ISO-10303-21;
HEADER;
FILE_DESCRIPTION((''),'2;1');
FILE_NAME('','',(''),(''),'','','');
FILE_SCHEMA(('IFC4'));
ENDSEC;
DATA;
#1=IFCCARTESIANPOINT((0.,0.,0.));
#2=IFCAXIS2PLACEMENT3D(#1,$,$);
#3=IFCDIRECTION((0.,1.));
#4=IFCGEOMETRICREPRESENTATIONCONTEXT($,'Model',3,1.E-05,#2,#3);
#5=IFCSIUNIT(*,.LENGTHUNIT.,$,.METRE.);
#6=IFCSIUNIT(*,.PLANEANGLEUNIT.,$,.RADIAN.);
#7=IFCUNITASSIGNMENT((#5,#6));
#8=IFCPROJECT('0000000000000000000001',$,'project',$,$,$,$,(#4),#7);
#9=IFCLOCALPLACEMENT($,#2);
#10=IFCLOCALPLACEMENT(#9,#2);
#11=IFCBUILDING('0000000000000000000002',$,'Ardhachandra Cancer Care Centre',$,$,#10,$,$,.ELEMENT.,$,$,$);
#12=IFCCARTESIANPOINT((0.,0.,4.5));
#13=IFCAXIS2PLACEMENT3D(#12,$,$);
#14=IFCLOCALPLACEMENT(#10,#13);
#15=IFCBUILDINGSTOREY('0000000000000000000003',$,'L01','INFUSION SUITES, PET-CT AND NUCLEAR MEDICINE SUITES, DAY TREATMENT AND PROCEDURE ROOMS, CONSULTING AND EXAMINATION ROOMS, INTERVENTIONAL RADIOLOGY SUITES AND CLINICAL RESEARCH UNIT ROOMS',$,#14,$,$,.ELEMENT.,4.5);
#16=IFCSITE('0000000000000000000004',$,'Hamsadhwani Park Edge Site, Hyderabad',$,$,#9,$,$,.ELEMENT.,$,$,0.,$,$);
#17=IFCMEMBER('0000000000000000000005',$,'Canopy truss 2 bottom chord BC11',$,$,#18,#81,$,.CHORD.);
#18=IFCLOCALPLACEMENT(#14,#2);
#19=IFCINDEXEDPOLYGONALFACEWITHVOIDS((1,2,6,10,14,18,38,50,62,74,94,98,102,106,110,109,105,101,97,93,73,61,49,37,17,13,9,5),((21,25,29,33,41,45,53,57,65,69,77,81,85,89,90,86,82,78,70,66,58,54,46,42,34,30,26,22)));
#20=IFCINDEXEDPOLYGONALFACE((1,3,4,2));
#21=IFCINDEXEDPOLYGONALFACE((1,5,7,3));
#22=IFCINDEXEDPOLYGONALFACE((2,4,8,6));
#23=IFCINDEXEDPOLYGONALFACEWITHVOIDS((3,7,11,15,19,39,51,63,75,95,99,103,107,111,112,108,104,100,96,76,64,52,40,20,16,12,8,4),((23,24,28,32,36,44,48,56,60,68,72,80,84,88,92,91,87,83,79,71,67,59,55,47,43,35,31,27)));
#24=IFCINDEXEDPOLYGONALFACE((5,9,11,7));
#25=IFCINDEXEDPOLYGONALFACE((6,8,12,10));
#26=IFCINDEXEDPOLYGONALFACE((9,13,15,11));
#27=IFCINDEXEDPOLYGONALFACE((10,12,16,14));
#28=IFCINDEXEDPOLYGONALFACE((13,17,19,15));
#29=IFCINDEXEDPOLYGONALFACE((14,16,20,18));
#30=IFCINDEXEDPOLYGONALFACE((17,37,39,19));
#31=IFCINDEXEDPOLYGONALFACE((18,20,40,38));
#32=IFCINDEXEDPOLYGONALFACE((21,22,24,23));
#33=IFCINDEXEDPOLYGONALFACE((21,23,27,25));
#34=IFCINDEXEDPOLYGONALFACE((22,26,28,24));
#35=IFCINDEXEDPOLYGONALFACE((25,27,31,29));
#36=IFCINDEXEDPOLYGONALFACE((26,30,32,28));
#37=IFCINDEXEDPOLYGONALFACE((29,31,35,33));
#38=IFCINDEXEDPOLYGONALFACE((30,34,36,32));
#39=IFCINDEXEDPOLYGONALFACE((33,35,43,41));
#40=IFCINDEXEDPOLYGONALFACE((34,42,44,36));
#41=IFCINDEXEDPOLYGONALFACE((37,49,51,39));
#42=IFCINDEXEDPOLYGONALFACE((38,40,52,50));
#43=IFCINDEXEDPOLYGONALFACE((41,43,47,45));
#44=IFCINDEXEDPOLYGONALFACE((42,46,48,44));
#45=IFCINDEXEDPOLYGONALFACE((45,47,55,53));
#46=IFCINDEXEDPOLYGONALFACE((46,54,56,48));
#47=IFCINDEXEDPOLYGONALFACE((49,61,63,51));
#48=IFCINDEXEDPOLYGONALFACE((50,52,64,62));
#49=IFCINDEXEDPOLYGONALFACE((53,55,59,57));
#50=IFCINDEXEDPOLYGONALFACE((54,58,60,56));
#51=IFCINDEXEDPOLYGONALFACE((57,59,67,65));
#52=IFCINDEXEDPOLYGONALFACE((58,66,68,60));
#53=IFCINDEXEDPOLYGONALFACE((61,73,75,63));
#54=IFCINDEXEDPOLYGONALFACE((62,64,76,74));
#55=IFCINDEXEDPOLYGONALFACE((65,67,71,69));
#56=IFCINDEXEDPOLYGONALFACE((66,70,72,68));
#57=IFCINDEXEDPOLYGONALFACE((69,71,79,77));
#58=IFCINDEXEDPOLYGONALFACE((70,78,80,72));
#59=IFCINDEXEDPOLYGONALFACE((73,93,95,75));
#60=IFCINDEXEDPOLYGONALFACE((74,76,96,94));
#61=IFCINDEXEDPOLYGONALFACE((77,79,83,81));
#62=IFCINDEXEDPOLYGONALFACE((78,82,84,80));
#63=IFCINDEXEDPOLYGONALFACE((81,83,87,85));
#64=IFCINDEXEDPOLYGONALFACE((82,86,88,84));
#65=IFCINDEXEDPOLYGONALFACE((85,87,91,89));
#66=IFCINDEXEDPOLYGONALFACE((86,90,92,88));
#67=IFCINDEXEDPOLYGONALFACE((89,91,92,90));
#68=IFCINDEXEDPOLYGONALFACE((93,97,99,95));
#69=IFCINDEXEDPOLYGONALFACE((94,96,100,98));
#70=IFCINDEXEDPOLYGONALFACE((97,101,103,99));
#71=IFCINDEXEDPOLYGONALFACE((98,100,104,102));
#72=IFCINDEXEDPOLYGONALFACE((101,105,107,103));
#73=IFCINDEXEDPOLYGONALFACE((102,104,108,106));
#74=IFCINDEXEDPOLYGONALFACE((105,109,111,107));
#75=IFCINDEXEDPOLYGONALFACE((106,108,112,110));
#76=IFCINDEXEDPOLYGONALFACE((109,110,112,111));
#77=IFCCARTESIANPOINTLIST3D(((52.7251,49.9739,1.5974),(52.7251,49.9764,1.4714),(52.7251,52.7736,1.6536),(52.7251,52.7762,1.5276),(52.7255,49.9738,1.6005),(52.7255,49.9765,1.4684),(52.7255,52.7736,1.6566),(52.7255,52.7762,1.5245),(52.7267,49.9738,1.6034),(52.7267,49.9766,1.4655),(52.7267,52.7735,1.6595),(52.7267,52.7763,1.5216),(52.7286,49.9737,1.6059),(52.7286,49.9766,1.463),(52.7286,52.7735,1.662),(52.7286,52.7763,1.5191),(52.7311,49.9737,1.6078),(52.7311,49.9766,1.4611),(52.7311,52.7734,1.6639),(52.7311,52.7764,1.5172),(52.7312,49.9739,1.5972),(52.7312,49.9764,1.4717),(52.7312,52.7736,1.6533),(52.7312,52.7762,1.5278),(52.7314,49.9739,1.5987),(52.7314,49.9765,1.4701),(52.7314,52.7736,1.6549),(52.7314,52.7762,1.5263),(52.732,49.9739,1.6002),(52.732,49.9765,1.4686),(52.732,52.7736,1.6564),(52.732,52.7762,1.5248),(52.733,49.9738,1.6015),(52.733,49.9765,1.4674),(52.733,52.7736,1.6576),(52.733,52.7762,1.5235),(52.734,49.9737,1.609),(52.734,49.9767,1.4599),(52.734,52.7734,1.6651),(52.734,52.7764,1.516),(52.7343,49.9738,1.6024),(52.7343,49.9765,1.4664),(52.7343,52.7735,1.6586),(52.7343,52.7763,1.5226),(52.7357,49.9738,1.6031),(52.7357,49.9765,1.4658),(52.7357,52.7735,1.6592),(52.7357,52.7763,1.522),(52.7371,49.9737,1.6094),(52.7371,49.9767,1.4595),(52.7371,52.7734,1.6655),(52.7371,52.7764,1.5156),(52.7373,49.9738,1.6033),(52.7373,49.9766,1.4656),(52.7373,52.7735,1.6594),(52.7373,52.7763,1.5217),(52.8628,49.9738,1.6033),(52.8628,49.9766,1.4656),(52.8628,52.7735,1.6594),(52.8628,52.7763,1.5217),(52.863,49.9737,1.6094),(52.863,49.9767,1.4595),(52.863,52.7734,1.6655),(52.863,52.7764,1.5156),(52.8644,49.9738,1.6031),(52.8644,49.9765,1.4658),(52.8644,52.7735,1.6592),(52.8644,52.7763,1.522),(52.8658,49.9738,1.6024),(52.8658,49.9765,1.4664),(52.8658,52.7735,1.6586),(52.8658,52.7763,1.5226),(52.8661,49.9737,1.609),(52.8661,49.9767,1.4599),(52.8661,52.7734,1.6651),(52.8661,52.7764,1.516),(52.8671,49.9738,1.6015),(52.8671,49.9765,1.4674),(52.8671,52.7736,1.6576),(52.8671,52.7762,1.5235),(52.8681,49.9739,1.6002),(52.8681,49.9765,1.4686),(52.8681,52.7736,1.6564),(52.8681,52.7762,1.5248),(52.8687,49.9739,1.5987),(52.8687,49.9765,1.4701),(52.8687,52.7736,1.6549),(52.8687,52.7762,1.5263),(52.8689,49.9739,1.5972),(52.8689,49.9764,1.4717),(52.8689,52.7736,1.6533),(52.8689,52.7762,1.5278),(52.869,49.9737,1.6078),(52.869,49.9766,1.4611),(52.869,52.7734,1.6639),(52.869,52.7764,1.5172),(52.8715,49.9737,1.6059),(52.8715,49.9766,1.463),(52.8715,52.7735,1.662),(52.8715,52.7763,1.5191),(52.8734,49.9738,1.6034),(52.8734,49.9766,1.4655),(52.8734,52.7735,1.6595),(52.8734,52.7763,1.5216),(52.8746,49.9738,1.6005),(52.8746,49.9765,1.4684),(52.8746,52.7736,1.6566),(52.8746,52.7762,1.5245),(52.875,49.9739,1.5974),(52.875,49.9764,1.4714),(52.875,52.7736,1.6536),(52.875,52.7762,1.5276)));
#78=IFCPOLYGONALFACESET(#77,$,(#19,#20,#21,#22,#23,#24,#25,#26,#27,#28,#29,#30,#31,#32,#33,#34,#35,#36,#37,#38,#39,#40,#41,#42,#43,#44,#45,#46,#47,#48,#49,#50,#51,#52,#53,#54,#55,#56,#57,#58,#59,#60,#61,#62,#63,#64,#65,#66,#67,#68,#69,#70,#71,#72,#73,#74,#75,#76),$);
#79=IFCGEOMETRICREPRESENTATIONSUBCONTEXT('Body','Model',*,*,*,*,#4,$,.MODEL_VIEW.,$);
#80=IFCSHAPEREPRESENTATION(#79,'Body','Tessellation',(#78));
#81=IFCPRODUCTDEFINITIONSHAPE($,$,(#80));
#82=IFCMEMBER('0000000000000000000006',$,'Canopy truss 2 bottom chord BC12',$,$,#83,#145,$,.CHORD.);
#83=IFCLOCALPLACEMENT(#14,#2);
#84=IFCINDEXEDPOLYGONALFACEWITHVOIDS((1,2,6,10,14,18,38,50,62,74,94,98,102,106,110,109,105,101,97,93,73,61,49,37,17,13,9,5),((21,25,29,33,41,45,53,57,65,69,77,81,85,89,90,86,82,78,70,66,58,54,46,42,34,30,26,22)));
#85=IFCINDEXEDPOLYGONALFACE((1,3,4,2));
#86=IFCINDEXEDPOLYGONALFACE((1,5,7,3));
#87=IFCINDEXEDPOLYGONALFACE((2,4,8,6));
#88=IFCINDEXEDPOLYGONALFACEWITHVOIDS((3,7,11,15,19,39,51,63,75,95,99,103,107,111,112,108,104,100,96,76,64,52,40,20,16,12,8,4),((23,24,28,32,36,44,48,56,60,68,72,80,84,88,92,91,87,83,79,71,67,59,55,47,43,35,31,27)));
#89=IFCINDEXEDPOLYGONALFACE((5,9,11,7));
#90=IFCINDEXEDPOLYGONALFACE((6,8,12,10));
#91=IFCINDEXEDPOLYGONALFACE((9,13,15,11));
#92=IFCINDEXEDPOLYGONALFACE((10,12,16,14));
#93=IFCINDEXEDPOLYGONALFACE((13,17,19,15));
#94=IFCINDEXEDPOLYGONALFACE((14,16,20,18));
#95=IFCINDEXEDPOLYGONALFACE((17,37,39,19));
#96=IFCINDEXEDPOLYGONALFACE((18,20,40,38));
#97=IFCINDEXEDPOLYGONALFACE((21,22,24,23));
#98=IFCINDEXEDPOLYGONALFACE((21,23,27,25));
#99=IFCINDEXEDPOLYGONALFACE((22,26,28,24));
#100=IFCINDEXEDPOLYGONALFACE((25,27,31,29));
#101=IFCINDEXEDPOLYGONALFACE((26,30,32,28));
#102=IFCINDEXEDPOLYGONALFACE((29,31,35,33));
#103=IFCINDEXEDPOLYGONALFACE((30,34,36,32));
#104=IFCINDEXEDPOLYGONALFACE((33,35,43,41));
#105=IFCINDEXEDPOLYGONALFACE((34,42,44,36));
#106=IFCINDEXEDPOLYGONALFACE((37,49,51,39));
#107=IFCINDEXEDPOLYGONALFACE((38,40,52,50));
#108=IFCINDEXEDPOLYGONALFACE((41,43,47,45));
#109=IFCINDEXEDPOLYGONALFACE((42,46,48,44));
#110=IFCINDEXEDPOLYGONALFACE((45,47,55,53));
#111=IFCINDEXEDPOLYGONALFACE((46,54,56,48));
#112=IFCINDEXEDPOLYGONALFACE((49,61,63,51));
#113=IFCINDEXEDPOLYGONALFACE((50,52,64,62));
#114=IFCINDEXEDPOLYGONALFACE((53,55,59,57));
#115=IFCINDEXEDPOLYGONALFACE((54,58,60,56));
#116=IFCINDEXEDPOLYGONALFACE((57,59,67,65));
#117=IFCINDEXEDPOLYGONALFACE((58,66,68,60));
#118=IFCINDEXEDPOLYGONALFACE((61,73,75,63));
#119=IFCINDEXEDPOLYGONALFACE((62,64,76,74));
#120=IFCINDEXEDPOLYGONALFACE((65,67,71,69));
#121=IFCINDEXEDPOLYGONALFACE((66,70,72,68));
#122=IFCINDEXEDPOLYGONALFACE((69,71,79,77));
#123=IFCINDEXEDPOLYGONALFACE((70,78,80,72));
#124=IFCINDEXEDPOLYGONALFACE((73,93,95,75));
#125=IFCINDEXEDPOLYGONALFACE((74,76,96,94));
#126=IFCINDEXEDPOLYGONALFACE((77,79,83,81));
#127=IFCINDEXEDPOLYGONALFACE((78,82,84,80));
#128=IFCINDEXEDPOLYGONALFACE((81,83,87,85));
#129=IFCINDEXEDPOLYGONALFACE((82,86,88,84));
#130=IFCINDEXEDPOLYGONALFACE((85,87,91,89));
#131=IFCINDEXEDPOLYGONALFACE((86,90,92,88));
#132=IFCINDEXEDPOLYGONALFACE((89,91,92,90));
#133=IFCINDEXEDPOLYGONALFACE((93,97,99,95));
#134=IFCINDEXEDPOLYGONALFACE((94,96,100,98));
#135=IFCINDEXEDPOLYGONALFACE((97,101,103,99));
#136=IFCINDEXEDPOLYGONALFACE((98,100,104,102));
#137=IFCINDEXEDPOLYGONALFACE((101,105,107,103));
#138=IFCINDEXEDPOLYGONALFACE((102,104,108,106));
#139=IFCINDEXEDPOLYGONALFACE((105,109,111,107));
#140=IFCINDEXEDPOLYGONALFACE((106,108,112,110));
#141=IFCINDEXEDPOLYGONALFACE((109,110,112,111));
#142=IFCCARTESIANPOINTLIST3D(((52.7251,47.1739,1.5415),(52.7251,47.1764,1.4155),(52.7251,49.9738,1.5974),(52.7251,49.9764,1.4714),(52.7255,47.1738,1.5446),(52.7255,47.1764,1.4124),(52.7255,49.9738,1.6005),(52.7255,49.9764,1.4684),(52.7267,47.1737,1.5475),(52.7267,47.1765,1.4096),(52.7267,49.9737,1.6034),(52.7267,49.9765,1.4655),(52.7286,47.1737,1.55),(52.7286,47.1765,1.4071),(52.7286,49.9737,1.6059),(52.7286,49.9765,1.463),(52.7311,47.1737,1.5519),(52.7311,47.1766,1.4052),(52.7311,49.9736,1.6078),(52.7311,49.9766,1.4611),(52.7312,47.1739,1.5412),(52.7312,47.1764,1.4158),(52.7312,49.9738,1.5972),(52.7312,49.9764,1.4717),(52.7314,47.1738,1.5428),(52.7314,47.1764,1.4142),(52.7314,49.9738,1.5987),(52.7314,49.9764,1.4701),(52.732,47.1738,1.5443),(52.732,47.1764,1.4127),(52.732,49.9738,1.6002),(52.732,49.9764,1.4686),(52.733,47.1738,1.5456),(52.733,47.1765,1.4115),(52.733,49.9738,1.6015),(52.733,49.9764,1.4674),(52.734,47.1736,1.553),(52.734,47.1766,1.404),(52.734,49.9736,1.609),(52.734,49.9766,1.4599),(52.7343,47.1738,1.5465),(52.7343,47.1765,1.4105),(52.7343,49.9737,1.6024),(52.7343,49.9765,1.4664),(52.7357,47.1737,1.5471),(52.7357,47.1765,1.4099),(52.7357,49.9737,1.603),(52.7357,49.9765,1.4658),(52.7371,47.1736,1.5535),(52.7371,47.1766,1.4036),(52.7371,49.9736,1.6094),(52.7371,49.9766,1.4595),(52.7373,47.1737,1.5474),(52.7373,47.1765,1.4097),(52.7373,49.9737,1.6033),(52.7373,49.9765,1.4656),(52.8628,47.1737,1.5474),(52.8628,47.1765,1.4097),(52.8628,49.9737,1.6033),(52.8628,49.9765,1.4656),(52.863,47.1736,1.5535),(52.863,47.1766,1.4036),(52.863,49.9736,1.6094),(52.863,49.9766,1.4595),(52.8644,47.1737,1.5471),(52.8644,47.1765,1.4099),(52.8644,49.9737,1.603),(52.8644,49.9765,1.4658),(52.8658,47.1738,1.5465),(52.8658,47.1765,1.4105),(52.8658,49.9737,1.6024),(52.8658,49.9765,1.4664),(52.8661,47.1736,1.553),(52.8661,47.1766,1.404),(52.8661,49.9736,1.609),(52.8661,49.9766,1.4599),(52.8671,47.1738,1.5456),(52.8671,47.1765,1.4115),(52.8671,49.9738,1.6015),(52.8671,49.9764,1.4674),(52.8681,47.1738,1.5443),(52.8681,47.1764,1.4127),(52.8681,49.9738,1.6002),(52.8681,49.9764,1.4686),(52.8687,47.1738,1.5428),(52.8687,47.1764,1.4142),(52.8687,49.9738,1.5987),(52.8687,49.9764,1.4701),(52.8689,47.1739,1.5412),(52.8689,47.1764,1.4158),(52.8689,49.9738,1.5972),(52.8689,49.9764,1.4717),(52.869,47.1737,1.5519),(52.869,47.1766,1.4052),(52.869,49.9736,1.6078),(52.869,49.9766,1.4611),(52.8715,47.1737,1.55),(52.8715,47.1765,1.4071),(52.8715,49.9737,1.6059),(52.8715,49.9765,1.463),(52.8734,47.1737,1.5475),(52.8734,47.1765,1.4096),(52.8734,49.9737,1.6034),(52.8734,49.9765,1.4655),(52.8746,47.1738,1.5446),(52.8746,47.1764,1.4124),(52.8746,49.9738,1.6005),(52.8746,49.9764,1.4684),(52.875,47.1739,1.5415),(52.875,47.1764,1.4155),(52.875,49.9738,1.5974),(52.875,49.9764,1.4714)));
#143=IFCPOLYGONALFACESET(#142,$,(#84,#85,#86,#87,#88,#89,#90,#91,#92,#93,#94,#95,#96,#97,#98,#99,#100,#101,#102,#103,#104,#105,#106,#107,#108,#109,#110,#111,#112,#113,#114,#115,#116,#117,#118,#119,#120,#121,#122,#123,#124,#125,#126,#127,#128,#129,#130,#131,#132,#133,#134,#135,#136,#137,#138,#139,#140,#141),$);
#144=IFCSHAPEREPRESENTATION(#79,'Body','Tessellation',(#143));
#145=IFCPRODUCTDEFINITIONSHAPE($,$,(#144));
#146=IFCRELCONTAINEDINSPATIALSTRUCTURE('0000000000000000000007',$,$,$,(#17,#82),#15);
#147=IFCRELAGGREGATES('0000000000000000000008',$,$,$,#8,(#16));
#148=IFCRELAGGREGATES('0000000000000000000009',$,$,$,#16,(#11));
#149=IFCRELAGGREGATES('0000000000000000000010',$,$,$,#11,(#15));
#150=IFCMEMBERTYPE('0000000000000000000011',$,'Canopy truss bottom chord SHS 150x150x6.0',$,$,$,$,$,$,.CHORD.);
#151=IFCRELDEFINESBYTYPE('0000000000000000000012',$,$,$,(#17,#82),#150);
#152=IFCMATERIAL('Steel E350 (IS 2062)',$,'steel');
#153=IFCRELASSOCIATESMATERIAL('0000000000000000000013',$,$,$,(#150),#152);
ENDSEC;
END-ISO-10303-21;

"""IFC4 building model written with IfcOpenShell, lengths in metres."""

from ifc_helpers import new_model, si_unit, direction, frame, origin, origin_2d, place, context, subcontext, project, spatial, hollow_rectangle, extrude, material, material_profile, profile_set, type_object, element, save


model = new_model("IFC4")

# Units and contexts
model_context = context("Model", 3, precision=1e-05, world=origin(), true_north=direction((0.0, 1.0)))
body_context = subcontext(model_context, "Body", "Model", "MODEL_VIEW")
ifc_project = project(units=[si_unit("LENGTHUNIT", "METRE"), si_unit("PLANEANGLEUNIT", "RADIAN")], contexts=[model_context])

# Site, building, storey
site_placement = place(None, origin())
site = spatial("IfcSite", under=ifc_project, at=site_placement, Name="Hamsadhwani Park Edge Site, Hyderabad", CompositionType="ELEMENT", RefElevation=0.0)
building_placement = place(site_placement, origin())
building = spatial("IfcBuilding", under=site, at=building_placement, Name="Ardhachandra Cancer Care Centre", CompositionType="ELEMENT")
storey_placement = place(building_placement, frame((0.0, 0.0, 4.5)))
storey = spatial("IfcBuildingStorey", under=building, at=storey_placement, Name="L01", Description="INFUSION SUITES, PET-CT AND NUCLEAR MEDICINE SUITES, DAY TREATMENT AND PROCEDURE ROOMS, CONSULTING AND EXAMINATION ROOMS, INTERVENTIONAL RADIOLOGY SUITES AND CLINICAL RESEARCH UNIT ROOMS", CompositionType="ELEMENT", Elevation=4.5)

# Members
ifc_material_1 = material(Name="Steel E350 (IS 2062)", Category="steel")
ifc_material_profile_1 = material_profile(ifc_material_1, hollow_rectangle(XDim=0.1499, YDim=0.1499, WallThickness=0.0061, InnerFilletRadius=0.0061, OuterFilletRadius=0.012, at=origin_2d()), Name="SHS 150x150x6.0")
ifc_profile_set_1 = profile_set([ifc_material_profile_1], Name="Steel E350 (IS 2062)")
member_type_1 = type_object("IfcMemberType", Name="Canopy truss bottom chord SHS 150x150x6.0", PredefinedType="CHORD", material=ifc_profile_set_1)
member_1_placement = place(storey_placement, frame((52.8, 52.7749, 1.5906), z_axis=(0.0, -0.999799, -0.020052), x_axis=(1.0, 0.0, 0.0)))
element("IfcMember", 1, at=member_1_placement, inside=storey, type_object=member_type_1, Name="Canopy truss 2 bottom chord BC11", PredefinedType="CHORD", context=body_context, shape_type="SweptSolid", body=[
    extrude(hollow_rectangle(XDim=0.1499, YDim=0.1499, WallThickness=0.0061, InnerFilletRadius=0.0061, OuterFilletRadius=0.012, at=origin_2d()), origin(), (0.0, 0.0, 1.0), 2.8003),
])
for number, where, z_axis, x_axis, name in (
    (2, (52.8, 49.9751, 1.5344), (0.0, -0.999801, -0.019963), (1.0, 0.0, 0.0), "Canopy truss 2 bottom chord BC12"),
):
    element("IfcMember", number, at=place(storey_placement, frame(where, z_axis=z_axis, x_axis=x_axis)), inside=storey, type_object=member_type_1, Name=name, PredefinedType="CHORD", context=body_context, shape_type="SweptSolid", body=[
        extrude(hollow_rectangle(XDim=0.1499, YDim=0.1499, WallThickness=0.0061, InnerFilletRadius=0.0061, OuterFilletRadius=0.012, at=origin_2d()), origin(), (0.0, 0.0, 1.0), 2.8005),
    ])

save(model, "model.ifc")
